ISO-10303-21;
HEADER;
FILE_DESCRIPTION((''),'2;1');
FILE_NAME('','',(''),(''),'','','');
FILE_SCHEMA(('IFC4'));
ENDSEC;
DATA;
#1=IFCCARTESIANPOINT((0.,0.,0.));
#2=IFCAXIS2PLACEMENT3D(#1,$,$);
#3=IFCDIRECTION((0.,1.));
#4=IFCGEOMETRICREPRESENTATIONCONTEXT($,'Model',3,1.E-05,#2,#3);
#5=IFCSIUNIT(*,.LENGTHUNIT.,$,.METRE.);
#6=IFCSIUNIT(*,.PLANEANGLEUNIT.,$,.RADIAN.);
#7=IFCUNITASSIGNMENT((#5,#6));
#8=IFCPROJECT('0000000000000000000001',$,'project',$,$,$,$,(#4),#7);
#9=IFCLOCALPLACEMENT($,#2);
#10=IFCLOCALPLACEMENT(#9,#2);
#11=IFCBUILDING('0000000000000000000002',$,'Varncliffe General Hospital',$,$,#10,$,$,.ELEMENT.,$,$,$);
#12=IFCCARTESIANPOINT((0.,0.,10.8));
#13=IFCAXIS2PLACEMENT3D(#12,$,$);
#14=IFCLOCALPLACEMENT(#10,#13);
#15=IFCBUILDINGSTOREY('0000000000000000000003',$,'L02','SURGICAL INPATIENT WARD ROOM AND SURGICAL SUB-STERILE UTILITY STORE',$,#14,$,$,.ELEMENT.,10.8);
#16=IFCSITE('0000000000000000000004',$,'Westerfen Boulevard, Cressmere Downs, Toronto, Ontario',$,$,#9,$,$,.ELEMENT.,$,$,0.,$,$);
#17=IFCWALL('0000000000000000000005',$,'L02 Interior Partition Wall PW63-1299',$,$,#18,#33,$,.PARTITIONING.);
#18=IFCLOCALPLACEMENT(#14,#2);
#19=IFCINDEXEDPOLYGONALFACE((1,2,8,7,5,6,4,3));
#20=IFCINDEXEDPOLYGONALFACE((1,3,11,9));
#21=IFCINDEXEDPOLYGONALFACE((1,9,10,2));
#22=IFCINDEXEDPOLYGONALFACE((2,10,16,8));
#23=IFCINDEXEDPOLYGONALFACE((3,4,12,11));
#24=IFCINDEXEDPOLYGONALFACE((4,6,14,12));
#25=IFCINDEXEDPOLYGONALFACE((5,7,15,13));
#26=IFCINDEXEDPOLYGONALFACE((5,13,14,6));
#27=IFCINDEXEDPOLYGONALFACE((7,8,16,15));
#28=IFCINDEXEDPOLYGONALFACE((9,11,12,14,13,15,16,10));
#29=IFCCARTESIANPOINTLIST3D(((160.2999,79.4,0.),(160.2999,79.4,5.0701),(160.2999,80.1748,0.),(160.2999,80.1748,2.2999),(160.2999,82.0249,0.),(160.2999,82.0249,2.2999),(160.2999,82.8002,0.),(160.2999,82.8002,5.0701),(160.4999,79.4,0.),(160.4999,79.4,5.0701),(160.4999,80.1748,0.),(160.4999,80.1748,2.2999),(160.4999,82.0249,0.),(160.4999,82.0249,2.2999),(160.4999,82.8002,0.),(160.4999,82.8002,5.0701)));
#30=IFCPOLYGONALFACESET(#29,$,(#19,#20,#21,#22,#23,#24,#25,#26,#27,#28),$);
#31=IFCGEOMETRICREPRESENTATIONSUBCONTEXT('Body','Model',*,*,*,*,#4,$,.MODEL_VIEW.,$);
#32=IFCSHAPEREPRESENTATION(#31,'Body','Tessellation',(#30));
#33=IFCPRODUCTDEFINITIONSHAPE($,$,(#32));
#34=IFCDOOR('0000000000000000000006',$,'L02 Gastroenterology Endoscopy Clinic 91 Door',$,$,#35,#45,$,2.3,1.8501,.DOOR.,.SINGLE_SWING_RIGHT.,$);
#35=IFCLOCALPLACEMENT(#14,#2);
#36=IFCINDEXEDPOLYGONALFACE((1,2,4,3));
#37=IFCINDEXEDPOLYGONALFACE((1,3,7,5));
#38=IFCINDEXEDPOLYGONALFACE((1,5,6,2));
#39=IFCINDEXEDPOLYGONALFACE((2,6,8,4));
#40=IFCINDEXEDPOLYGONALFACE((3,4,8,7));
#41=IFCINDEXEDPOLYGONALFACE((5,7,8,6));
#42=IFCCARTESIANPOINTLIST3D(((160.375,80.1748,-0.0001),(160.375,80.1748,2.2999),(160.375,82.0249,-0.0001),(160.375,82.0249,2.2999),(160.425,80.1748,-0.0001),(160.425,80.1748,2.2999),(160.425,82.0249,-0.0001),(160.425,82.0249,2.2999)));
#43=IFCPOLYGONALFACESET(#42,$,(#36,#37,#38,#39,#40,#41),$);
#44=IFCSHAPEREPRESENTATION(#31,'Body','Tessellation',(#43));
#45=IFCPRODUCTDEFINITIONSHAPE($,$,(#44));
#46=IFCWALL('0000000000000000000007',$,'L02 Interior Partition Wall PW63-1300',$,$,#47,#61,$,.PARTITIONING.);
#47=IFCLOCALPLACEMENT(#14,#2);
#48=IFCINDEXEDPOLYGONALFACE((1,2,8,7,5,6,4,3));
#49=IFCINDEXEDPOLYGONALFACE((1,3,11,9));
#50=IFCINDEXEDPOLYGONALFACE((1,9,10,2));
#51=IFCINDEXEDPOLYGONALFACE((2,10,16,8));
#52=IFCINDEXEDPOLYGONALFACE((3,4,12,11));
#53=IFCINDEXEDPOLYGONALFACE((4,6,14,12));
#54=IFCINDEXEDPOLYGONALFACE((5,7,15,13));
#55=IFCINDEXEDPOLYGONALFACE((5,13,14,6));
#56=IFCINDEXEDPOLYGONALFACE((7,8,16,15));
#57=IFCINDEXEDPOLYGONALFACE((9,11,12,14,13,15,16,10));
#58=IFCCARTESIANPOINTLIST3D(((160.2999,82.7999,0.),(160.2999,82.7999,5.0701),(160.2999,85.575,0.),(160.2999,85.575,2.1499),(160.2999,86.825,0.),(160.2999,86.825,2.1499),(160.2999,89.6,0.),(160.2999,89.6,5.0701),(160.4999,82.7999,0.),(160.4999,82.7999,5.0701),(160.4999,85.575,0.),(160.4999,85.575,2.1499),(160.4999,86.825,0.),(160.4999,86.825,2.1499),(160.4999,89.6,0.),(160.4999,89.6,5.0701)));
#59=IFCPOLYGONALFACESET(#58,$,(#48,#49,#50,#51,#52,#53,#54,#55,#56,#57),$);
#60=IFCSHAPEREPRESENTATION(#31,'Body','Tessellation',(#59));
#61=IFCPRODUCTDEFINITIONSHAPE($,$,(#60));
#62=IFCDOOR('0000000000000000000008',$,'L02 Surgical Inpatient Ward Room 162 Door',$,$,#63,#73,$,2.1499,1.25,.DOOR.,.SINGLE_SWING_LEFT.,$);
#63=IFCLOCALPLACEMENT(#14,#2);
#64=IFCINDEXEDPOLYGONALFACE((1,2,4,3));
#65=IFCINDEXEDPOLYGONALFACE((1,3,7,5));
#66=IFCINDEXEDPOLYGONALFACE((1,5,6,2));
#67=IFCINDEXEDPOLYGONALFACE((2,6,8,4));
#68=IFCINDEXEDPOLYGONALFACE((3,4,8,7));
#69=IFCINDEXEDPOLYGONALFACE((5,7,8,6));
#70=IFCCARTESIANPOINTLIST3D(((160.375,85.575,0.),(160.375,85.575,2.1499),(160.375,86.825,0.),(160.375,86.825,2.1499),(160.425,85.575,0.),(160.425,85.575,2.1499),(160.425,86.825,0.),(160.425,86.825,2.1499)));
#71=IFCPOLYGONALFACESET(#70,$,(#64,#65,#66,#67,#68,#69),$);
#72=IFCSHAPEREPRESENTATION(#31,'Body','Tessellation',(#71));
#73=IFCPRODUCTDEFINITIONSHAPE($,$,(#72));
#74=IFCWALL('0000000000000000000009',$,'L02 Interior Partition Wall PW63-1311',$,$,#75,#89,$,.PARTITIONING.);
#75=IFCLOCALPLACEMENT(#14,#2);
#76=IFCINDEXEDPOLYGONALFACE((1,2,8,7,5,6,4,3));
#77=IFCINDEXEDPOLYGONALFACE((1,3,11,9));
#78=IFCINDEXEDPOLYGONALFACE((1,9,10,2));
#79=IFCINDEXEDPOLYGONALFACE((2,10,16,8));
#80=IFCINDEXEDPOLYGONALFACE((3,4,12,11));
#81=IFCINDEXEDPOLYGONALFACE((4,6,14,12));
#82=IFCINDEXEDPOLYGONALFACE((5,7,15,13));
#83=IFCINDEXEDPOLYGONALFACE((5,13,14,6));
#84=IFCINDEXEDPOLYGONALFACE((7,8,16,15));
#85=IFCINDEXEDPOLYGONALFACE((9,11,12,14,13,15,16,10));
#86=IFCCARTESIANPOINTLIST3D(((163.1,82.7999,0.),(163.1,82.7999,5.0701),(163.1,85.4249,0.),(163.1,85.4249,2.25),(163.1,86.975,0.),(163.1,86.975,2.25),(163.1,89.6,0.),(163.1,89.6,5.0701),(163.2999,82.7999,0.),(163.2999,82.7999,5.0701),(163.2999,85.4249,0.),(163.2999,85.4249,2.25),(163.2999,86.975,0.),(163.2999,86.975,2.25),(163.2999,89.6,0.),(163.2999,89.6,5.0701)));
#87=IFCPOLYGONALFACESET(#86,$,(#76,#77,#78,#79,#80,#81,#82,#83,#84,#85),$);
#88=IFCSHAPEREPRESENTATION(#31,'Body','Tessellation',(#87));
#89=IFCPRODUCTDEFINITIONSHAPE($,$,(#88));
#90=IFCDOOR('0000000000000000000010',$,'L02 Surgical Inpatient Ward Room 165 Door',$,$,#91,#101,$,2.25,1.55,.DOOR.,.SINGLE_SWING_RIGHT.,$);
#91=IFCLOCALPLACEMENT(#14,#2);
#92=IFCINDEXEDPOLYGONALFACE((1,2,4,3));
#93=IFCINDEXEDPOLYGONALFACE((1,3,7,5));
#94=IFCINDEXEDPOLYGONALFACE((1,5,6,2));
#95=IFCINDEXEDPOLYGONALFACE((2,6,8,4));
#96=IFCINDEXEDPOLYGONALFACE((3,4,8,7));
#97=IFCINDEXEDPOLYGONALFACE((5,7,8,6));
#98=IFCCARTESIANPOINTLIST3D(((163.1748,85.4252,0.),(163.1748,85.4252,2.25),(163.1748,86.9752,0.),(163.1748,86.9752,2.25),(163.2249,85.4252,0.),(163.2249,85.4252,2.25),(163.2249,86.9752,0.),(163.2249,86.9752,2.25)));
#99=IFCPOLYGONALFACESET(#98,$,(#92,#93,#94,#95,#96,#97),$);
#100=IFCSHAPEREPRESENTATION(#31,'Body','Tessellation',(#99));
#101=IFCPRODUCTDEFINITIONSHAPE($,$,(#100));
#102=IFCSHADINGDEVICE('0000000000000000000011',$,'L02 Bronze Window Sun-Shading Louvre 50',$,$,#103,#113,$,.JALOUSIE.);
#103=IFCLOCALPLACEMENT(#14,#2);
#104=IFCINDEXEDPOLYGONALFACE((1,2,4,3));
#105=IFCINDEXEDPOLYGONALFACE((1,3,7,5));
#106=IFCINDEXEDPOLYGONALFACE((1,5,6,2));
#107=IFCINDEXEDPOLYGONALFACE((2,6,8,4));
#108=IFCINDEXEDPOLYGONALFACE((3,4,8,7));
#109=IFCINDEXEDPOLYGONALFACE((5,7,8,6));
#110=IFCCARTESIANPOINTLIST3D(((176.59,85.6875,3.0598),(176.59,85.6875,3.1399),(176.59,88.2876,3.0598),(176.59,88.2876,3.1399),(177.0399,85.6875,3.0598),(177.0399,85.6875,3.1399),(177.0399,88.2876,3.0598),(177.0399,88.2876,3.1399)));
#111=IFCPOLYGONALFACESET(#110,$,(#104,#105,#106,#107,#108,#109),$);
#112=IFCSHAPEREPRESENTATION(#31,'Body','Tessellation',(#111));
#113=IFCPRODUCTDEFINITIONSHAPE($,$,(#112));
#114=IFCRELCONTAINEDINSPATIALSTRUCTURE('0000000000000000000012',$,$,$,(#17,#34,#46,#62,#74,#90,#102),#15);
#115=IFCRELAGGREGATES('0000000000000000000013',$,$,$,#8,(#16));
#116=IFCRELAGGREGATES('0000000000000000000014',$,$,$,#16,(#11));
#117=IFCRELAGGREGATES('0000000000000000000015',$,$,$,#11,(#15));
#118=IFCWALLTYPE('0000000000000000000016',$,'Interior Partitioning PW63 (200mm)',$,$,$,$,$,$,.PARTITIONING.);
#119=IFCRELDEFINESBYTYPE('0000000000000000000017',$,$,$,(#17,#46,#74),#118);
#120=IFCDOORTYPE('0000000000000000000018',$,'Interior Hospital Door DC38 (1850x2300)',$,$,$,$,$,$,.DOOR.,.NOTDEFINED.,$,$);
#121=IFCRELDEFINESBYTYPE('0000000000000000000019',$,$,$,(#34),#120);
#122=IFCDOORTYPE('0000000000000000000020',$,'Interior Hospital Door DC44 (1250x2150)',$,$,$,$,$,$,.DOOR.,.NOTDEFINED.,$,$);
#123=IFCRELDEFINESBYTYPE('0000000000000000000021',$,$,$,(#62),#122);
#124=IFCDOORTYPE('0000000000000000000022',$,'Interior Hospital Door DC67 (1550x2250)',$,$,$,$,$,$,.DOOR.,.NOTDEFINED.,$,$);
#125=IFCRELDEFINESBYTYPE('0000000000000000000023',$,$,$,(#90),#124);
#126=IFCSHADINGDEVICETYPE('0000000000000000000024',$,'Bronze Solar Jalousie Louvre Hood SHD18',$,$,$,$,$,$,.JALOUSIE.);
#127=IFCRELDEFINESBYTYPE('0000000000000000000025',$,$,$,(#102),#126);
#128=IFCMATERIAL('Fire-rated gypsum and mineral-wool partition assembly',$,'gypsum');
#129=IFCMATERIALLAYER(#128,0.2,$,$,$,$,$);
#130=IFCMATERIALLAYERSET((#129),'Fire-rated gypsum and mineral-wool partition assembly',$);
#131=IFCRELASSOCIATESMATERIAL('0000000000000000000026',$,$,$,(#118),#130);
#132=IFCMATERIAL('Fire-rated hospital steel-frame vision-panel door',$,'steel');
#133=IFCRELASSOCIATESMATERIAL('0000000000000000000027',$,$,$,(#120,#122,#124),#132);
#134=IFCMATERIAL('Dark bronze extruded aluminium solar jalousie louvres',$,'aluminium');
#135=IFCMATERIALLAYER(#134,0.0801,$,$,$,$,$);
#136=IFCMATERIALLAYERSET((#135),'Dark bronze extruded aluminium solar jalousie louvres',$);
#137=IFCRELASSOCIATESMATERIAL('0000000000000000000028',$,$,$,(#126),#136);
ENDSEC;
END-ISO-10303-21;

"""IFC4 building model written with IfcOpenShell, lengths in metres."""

from ifc_helpers import new_model, si_unit, direction, frame, frame_2d, origin, origin_2d, place, context, subcontext, project, spatial, rectangle, extrude, material, layer, layer_set, type_object, element, fill, save


model = new_model("IFC4")

# Units and contexts
model_context = context("Model", 3, precision=1e-05, world=origin(), true_north=direction((0.0, 1.0)))
body_context = subcontext(model_context, "Body", "Model", "MODEL_VIEW")
ifc_project = project(units=[si_unit("LENGTHUNIT", "METRE"), si_unit("PLANEANGLEUNIT", "RADIAN")], contexts=[model_context])

# Site, building, storey
site_placement = place(None, origin())
site = spatial("IfcSite", under=ifc_project, at=site_placement, Name="Westerfen Boulevard, Cressmere Downs, Toronto, Ontario", CompositionType="ELEMENT", RefElevation=0.0)
building_placement = place(site_placement, origin())
building = spatial("IfcBuilding", under=site, at=building_placement, Name="Varncliffe General Hospital", CompositionType="ELEMENT")
storey_placement = place(building_placement, frame((0.0, 0.0, 10.8)))
storey = spatial("IfcBuildingStorey", under=building, at=storey_placement, Name="L02", Description="SURGICAL INPATIENT WARD ROOM AND SURGICAL SUB-STERILE UTILITY STORE", CompositionType="ELEMENT", Elevation=10.8)

# Walls, openings, doors
ifc_material_1 = material(Name="Fire-rated gypsum and mineral-wool partition assembly", Category="gypsum")
ifc_material_2 = material(Name="Fire-rated hospital steel-frame vision-panel door", Category="steel")
ifc_layer_1 = layer(ifc_material_1, 0.2)
ifc_layer_set_1 = layer_set([ifc_layer_1], Name="Fire-rated gypsum and mineral-wool partition assembly")
wall_type_1 = type_object("IfcWallType", Name="Interior Partitioning PW63 (200mm)", PredefinedType="PARTITIONING", material=ifc_layer_set_1)
wall_1_placement = place(storey_placement, frame((160.3999, 79.3999, 0.0), z_axis=(0.0, 0.0, 1.0), x_axis=(0.0, 1.0, 0.0)))
wall_1 = element("IfcWall", 1, at=wall_1_placement, inside=storey, type_object=wall_type_1, Name="L02 Interior Partition Wall PW63-1299", PredefinedType="PARTITIONING", context=body_context, shape_type="SweptSolid", body=[
    extrude(rectangle(XDim=3.4001, YDim=0.2, at=frame_2d((1.7002, 0.0))), origin(), (0.0, 0.0, 1.0), 5.0701),
])
opening_1_placement = place(wall_1_placement, frame((0.7749, 0.0, 0.0)))
opening_1 = element("IfcOpeningElement", 2, at=opening_1_placement, cuts=wall_1, PredefinedType="OPENING", context=body_context, shape_type="SweptSolid", body=[
    extrude(rectangle(XDim=1.8501, YDim=2.3, at=frame_2d((0.925, 1.1499))), frame((0.0, 0.1099, 0.0), z_axis=(0.0, -1.0, 0.0), x_axis=(1.0, 0.0, 0.0)), (0.0, 0.0, 1.0), 0.22),
])
door_type_1 = type_object("IfcDoorType", Name="Interior Hospital Door DC38 (1850x2300)", OperationType="NOTDEFINED", PredefinedType="DOOR", material=ifc_material_2)
door_1_placement = place(opening_1_placement, origin())
door_1 = element("IfcDoor", 3, at=door_1_placement, inside=storey, type_object=door_type_1, Name="L02 Gastroenterology Endoscopy Clinic 91 Door", OperationType="SINGLE_SWING_RIGHT", OverallHeight=2.3, OverallWidth=1.8501, PredefinedType="DOOR", context=body_context, shape_type="SweptSolid", body=[
    extrude(rectangle(XDim=1.8501, YDim=2.3, at=frame_2d((0.925, 1.1499))), frame((0.0, 0.0249, 0.0), z_axis=(0.0, -1.0, 0.0), x_axis=(1.0, 0.0, 0.0)), (0.0, 0.0, 1.0), 0.05),
])
fill(opening_1, door_1)
wall_2_placement = place(storey_placement, frame((160.3999, 82.8, 0.0), z_axis=(0.0, 0.0, 1.0), x_axis=(0.0, 1.0, 0.0)))
wall_2 = element("IfcWall", 4, at=wall_2_placement, inside=storey, type_object=wall_type_1, Name="L02 Interior Partition Wall PW63-1300", PredefinedType="PARTITIONING", context=body_context, shape_type="SweptSolid", body=[
    extrude(rectangle(XDim=6.8, YDim=0.2, at=frame_2d((3.3999, 0.0))), origin(), (0.0, 0.0, 1.0), 5.0701),
])
opening_2_placement = place(wall_2_placement, frame((2.7749, 0.0, 0.0)))
opening_2 = element("IfcOpeningElement", 5, at=opening_2_placement, cuts=wall_2, PredefinedType="OPENING", context=body_context, shape_type="SweptSolid", body=[
    extrude(rectangle(XDim=1.25, YDim=2.1499, at=frame_2d((0.625, 1.075))), frame((0.0, 0.1099, 0.0), z_axis=(0.0, -1.0, 0.0), x_axis=(1.0, 0.0, 0.0)), (0.0, 0.0, 1.0), 0.22),
])
door_type_2 = type_object("IfcDoorType", Name="Interior Hospital Door DC44 (1250x2150)", OperationType="NOTDEFINED", PredefinedType="DOOR", material=ifc_material_2)
door_2_placement = place(opening_2_placement, origin())
door_2 = element("IfcDoor", 6, at=door_2_placement, inside=storey, type_object=door_type_2, Name="L02 Surgical Inpatient Ward Room 162 Door", OperationType="SINGLE_SWING_LEFT", OverallHeight=2.1499, OverallWidth=1.25, PredefinedType="DOOR", context=body_context, shape_type="SweptSolid", body=[
    extrude(rectangle(XDim=1.25, YDim=2.1499, at=frame_2d((0.625, 1.075))), frame((0.0, 0.0249, 0.0), z_axis=(0.0, -1.0, 0.0), x_axis=(1.0, 0.0, 0.0)), (0.0, 0.0, 1.0), 0.05),
])
fill(opening_2, door_2)
wall_3_placement = place(storey_placement, frame((163.2, 82.8, 0.0), z_axis=(0.0, 0.0, 1.0), x_axis=(0.0, 1.0, 0.0)))
wall_3 = element("IfcWall", 7, at=wall_3_placement, inside=storey, type_object=wall_type_1, Name="L02 Interior Partition Wall PW63-1311", PredefinedType="PARTITIONING", context=body_context, shape_type="SweptSolid", body=[
    extrude(rectangle(XDim=6.8, YDim=0.2, at=frame_2d((3.3999, 0.0))), origin(), (0.0, 0.0, 1.0), 5.0701),
])
opening_3_placement = place(wall_3_placement, frame((2.625, 0.0, 0.0)))
opening_3 = element("IfcOpeningElement", 8, at=opening_3_placement, cuts=wall_3, PredefinedType="OPENING", context=body_context, shape_type="SweptSolid", body=[
    extrude(rectangle(XDim=1.55, YDim=2.25, at=frame_2d((0.7749, 1.125))), frame((0.0, 0.1099, 0.0), z_axis=(0.0, -1.0, 0.0), x_axis=(1.0, 0.0, 0.0)), (0.0, 0.0, 1.0), 0.22),
])
door_type_3 = type_object("IfcDoorType", Name="Interior Hospital Door DC67 (1550x2250)", OperationType="NOTDEFINED", PredefinedType="DOOR", material=ifc_material_2)
door_3_placement = place(opening_3_placement, frame((1.55, 0.0, 0.0), z_axis=(0.0, 0.0, 1.0), x_axis=(-1.0, 0.0, 0.0)))
door_3 = element("IfcDoor", 9, at=door_3_placement, inside=storey, type_object=door_type_3, Name="L02 Surgical Inpatient Ward Room 165 Door", OperationType="SINGLE_SWING_RIGHT", OverallHeight=2.25, OverallWidth=1.55, PredefinedType="DOOR", context=body_context, shape_type="SweptSolid", body=[
    extrude(rectangle(XDim=1.55, YDim=2.25, at=frame_2d((0.7749, 1.125))), frame((0.0, 0.0249, 0.0), z_axis=(0.0, -1.0, 0.0), x_axis=(1.0, 0.0, 0.0)), (0.0, 0.0, 1.0), 0.05),
])
fill(opening_3, door_3)

# Shading device
ifc_material_3 = material(Name="Dark bronze extruded aluminium solar jalousie louvres", Category="aluminium")
ifc_layer_2 = layer(ifc_material_3, 0.0801)
ifc_layer_set_2 = layer_set([ifc_layer_2], Name="Dark bronze extruded aluminium solar jalousie louvres")
shading_device_type = type_object("IfcShadingDeviceType", Name="Bronze Solar Jalousie Louvre Hood SHD18", PredefinedType="JALOUSIE", material=ifc_layer_set_2)
shading_device_placement = place(storey_placement, frame((176.8149, 86.9875, 3.0598), z_axis=(0.0, 0.0, 1.0), x_axis=(0.0, -1.0, 0.0)))
element("IfcShadingDevice", 10, at=shading_device_placement, inside=storey, type_object=shading_device_type, Name="L02 Bronze Window Sun-Shading Louvre 50", PredefinedType="JALOUSIE", context=body_context, shape_type="SweptSolid", body=[
    extrude(rectangle(XDim=2.6001, YDim=0.45, at=origin_2d()), origin(), (0.0, 0.0, 1.0), 0.0801),
])

save(model, "model.ifc")
